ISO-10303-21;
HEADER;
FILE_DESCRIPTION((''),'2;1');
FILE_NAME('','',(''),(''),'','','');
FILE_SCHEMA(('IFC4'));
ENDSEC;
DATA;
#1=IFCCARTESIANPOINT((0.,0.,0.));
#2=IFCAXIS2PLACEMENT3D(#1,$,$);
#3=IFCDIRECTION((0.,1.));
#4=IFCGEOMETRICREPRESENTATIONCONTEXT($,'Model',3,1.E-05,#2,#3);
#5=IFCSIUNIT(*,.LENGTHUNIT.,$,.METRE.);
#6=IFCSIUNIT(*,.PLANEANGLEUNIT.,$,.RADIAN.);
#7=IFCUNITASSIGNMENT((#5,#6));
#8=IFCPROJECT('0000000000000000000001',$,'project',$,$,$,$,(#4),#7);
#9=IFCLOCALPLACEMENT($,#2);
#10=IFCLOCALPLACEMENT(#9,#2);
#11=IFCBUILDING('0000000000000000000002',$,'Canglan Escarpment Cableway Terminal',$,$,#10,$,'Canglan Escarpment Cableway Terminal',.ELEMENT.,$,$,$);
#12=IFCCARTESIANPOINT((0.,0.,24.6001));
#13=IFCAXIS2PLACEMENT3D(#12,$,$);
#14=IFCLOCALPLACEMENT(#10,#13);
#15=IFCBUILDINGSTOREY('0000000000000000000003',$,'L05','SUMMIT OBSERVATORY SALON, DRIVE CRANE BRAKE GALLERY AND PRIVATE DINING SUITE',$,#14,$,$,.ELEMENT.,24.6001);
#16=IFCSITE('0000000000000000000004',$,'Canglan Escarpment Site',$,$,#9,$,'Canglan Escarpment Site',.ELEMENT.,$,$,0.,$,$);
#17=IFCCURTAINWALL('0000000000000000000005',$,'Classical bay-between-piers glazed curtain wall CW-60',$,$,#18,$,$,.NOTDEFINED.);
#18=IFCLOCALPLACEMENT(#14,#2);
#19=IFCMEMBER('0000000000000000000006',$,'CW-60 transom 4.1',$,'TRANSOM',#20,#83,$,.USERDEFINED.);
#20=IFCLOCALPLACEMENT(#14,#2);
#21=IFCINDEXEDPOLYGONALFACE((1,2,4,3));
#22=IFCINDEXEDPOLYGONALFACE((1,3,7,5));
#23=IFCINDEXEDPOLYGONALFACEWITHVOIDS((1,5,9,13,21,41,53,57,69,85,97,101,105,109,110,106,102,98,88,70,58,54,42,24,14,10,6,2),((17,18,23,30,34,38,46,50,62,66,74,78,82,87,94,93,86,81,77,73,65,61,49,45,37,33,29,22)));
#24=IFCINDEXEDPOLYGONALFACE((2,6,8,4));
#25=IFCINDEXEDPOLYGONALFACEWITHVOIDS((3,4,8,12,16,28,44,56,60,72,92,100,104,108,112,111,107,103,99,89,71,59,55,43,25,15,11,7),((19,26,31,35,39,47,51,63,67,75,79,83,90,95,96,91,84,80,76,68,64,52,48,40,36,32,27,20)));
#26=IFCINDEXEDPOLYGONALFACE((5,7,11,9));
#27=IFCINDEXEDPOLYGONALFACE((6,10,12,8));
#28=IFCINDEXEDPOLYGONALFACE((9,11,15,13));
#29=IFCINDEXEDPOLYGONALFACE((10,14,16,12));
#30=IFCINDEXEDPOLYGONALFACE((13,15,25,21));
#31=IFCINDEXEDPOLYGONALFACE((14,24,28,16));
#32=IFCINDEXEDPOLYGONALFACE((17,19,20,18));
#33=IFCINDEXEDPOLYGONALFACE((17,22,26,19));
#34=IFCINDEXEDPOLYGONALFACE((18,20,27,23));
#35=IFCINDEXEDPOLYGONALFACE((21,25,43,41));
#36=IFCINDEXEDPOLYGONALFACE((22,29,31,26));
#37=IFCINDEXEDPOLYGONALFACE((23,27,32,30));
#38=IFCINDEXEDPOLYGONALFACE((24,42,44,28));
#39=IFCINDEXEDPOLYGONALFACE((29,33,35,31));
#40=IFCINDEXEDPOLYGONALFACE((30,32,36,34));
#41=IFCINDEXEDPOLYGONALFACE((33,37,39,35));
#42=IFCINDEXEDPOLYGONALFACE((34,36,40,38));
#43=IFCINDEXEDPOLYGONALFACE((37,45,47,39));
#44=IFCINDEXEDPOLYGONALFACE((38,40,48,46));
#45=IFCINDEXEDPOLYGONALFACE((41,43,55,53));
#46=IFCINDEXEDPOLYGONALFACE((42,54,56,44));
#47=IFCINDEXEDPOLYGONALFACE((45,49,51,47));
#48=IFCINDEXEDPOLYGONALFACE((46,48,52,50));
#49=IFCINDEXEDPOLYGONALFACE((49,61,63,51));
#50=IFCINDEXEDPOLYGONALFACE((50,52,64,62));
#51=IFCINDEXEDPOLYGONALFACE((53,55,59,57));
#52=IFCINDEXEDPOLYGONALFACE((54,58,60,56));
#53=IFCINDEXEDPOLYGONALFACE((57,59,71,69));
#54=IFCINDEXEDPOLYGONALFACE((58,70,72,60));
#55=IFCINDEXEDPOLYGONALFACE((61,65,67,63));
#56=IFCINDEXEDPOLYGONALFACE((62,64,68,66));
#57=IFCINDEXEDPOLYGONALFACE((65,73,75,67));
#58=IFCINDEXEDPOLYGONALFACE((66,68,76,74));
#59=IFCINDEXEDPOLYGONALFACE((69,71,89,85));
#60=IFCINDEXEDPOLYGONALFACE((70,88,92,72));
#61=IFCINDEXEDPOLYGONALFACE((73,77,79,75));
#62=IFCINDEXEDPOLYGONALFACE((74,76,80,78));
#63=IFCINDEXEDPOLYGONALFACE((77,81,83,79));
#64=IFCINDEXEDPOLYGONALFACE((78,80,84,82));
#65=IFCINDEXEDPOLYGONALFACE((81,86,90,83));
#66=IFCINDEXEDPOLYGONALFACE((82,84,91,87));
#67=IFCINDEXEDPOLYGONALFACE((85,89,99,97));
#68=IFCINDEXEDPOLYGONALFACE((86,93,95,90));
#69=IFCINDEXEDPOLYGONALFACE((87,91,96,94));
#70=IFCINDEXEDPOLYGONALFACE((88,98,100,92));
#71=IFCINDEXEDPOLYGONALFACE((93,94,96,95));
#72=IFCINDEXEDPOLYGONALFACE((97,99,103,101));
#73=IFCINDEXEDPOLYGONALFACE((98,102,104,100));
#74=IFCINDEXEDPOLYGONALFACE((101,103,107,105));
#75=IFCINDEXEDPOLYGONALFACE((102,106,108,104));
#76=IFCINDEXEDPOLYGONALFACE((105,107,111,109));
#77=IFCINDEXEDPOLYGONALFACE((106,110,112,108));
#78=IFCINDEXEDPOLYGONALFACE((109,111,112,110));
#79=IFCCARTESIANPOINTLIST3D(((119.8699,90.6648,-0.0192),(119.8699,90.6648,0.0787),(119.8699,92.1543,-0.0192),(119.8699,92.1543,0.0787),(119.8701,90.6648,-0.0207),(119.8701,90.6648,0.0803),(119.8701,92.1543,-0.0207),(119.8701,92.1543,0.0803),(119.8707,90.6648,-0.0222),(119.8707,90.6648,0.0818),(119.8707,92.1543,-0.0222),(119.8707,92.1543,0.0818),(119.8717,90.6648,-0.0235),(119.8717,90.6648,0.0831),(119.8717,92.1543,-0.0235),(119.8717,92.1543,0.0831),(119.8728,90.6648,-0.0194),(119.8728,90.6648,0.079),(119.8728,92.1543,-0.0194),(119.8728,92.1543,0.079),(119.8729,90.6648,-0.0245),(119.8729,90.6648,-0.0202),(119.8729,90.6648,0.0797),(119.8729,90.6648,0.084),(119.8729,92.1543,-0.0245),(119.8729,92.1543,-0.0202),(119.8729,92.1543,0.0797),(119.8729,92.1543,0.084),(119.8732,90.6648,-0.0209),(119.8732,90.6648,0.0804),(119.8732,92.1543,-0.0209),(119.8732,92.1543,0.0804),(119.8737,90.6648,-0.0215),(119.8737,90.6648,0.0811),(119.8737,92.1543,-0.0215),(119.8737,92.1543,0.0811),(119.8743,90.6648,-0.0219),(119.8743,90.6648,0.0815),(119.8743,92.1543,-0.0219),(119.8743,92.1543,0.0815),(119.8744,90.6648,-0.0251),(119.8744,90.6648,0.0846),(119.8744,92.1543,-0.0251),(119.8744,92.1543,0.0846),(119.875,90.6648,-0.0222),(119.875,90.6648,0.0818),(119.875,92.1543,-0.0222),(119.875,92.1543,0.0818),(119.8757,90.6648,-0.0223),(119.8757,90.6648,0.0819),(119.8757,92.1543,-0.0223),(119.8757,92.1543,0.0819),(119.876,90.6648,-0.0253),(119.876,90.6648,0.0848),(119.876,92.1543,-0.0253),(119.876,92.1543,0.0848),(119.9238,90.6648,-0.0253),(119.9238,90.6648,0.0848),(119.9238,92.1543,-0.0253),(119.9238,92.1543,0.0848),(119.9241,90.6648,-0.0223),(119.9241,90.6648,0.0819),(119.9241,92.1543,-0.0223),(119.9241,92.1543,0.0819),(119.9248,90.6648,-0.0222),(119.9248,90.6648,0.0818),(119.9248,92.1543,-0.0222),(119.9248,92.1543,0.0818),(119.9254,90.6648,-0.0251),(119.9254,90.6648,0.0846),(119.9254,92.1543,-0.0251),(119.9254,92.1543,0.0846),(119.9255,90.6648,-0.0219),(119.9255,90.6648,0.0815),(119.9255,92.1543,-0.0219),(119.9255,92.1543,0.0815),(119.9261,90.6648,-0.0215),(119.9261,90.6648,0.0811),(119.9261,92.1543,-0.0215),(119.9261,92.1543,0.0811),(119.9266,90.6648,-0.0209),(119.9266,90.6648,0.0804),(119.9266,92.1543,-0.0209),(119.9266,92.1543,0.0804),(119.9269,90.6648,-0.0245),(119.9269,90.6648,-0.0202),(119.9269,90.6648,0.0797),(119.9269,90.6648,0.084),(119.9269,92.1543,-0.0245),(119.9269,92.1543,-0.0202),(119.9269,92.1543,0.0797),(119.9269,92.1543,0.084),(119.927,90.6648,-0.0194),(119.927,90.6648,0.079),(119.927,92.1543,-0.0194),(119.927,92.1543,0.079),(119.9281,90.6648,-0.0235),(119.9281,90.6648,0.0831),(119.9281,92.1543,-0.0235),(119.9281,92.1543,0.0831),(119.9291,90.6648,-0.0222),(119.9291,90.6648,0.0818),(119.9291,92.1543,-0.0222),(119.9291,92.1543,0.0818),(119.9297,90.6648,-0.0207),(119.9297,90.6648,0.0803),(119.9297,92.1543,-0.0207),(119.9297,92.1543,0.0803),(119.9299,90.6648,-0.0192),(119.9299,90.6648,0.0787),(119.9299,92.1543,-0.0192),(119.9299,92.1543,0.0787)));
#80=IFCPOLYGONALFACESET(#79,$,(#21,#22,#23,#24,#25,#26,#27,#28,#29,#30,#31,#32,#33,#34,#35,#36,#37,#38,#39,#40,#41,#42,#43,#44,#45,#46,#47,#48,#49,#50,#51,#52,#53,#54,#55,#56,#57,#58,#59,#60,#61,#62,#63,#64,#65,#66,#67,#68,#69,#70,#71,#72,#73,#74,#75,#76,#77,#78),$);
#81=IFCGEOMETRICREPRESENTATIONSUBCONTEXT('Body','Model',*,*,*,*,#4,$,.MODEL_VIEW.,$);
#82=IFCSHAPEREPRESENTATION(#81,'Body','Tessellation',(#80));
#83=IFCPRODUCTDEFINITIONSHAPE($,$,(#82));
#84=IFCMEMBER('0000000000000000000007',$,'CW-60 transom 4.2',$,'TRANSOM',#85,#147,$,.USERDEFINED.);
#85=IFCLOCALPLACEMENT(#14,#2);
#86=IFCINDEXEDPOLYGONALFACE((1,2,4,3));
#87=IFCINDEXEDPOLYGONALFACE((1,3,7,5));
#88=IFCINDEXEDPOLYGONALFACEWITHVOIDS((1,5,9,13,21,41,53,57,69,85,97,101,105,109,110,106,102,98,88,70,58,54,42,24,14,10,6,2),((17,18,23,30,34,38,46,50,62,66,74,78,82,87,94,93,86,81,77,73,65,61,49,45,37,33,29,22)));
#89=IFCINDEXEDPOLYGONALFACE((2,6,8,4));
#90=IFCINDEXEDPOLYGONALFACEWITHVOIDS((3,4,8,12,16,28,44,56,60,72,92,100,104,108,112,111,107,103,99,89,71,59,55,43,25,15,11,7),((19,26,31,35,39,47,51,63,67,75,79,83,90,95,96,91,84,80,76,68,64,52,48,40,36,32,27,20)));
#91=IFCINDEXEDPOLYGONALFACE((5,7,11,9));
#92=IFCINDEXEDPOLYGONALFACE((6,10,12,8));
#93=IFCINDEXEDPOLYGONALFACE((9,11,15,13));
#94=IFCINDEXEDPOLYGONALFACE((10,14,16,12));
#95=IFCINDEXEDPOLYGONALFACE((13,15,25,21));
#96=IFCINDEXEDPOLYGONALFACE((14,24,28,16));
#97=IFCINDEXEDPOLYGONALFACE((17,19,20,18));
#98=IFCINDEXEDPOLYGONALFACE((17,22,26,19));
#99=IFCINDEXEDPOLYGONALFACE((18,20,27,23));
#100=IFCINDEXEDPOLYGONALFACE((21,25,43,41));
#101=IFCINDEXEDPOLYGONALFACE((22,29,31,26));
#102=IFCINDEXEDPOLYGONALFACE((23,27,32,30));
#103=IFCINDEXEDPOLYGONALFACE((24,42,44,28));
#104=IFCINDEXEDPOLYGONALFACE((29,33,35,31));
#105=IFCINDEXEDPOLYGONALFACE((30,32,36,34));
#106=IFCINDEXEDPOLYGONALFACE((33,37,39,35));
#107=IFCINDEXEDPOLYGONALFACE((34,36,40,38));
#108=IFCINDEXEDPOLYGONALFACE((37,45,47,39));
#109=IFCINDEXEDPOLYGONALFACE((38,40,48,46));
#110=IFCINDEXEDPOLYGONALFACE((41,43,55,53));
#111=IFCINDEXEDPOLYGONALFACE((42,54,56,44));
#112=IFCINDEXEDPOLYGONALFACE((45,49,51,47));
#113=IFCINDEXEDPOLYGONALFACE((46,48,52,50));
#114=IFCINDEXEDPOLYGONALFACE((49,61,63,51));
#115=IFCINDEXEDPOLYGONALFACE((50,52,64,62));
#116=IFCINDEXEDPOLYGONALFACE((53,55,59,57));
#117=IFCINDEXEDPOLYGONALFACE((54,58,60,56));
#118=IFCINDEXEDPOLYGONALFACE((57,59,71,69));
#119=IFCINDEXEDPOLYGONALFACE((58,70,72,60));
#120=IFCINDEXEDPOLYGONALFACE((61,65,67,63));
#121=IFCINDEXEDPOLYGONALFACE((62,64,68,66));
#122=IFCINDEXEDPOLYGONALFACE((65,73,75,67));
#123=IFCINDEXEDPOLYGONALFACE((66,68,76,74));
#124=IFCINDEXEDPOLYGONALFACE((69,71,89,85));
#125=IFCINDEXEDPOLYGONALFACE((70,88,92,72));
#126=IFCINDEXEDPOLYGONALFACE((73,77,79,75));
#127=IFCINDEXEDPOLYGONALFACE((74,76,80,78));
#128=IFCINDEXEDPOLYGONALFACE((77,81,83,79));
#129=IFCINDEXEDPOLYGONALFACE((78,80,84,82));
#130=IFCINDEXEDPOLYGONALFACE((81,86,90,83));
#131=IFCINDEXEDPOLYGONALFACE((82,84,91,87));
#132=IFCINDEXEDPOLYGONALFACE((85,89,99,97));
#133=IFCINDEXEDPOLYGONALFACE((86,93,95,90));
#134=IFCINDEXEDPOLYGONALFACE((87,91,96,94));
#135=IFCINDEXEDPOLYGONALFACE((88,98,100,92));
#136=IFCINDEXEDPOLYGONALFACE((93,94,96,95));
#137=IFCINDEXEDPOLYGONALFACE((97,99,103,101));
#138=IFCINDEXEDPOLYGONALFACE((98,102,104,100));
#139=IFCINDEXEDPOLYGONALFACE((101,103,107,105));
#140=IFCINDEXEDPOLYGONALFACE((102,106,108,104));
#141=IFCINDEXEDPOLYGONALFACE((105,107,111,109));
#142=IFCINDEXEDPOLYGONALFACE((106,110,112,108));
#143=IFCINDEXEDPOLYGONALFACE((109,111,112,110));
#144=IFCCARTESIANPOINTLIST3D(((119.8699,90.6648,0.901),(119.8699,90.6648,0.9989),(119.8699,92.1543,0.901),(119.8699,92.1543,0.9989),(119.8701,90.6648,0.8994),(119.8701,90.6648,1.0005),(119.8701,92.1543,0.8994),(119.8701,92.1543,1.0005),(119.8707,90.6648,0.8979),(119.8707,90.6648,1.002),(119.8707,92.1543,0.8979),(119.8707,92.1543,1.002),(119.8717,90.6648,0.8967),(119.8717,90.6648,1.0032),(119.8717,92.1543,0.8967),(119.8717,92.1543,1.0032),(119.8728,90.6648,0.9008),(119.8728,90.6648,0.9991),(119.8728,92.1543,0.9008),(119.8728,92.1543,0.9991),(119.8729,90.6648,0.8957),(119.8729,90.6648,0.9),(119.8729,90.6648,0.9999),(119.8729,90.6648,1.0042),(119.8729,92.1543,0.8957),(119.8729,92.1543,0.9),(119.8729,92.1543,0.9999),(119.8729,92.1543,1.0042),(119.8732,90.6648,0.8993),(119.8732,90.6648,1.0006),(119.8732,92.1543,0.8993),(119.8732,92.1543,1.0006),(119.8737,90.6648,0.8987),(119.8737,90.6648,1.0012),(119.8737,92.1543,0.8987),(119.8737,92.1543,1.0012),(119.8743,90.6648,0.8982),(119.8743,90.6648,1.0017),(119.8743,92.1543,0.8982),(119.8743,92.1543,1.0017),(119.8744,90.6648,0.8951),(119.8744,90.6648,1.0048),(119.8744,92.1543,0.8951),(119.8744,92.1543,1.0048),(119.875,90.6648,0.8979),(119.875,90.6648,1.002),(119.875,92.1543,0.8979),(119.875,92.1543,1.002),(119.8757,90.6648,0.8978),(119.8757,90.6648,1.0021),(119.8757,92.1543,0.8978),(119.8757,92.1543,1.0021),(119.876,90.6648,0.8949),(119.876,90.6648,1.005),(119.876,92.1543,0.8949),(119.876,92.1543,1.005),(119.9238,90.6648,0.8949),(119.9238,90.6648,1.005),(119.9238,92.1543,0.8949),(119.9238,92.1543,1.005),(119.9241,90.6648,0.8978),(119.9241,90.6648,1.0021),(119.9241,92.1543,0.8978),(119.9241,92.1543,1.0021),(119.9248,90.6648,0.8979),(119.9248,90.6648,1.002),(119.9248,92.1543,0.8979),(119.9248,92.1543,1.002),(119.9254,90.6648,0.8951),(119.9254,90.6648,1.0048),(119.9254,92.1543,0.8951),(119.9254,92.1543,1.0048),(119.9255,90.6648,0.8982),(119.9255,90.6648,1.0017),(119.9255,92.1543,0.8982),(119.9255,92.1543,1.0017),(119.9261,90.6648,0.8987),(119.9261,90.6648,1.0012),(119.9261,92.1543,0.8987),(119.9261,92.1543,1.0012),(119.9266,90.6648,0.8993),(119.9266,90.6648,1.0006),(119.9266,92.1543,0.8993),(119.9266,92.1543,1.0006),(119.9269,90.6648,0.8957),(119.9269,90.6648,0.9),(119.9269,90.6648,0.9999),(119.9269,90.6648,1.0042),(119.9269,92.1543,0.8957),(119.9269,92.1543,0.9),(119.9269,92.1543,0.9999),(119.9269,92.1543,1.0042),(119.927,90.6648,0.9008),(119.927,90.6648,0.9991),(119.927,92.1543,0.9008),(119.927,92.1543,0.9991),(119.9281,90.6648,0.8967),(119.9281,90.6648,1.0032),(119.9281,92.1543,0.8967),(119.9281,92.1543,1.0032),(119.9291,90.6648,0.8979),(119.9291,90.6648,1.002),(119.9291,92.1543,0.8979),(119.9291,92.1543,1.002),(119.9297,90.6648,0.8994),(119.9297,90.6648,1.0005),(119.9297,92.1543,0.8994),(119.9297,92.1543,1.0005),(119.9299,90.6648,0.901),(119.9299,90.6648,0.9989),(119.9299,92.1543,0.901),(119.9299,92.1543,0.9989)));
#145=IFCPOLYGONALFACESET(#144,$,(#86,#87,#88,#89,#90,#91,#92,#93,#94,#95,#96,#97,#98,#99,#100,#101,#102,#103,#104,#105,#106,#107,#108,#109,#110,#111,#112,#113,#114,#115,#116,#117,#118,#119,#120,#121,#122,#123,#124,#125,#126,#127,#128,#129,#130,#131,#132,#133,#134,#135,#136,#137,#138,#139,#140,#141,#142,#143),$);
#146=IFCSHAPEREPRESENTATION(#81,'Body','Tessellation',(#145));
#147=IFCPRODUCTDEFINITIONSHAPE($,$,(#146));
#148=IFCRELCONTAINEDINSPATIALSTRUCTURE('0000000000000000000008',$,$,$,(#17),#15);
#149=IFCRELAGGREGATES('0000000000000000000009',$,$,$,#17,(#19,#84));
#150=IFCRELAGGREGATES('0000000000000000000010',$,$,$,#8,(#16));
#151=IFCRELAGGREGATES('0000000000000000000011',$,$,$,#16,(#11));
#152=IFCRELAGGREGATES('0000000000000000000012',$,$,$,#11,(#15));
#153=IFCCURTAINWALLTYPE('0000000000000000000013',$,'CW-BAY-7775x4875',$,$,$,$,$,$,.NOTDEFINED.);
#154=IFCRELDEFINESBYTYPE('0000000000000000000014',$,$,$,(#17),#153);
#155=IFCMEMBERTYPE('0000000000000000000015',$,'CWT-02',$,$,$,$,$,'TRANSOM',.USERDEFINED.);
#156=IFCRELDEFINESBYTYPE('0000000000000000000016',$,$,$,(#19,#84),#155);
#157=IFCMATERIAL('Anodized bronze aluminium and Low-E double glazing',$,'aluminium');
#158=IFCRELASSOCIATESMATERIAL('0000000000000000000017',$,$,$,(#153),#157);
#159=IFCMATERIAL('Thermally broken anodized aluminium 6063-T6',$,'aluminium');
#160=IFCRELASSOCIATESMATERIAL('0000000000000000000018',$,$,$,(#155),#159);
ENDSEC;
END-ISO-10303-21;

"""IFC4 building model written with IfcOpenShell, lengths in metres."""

from ifc_helpers import new_model, si_unit, direction, frame, origin, origin_2d, place, context, subcontext, project, spatial, hollow_rectangle, extrude, material, material_profile, profile_set, type_object, element, aggregate, save


model = new_model("IFC4")

# Units and contexts
model_context = context("Model", 3, precision=1e-05, world=origin(), true_north=direction((0.0, 1.0)))
body_context = subcontext(model_context, "Body", "Model", "MODEL_VIEW")
ifc_project = project(units=[si_unit("LENGTHUNIT", "METRE"), si_unit("PLANEANGLEUNIT", "RADIAN")], contexts=[model_context])

# Site, building, storey
site_placement = place(None, origin())
site = spatial("IfcSite", under=ifc_project, at=site_placement, Name="Canglan Escarpment Site", LongName="Canglan Escarpment Site", CompositionType="ELEMENT", RefElevation=0.0)
building_placement = place(site_placement, origin())
building = spatial("IfcBuilding", under=site, at=building_placement, Name="Canglan Escarpment Cableway Terminal", LongName="Canglan Escarpment Cableway Terminal", CompositionType="ELEMENT")
storey_placement = place(building_placement, frame((0.0, 0.0, 24.6001)))
storey = spatial("IfcBuildingStorey", under=building, at=storey_placement, Name="L05", Description="SUMMIT OBSERVATORY SALON, DRIVE CRANE BRAKE GALLERY AND PRIVATE DINING SUITE", CompositionType="ELEMENT", Elevation=24.6001)

# Shared definitions
ifc_material_1 = material(Name="Anodized bronze aluminium and Low-E double glazing", Category="aluminium")
ifc_material_2 = material(Name="Thermally broken anodized aluminium 6063-T6", Category="aluminium")

# Curtain wall, members
curtain_wall_type_1 = type_object("IfcCurtainWallType", Name="CW-BAY-7775x4875", PredefinedType="NOTDEFINED", material=ifc_material_1)
curtain_wall_1_placement = place(storey_placement, origin())
curtain_wall_1 = element("IfcCurtainWall", 1, at=curtain_wall_1_placement, inside=storey, type_object=curtain_wall_type_1, Name="Classical bay-between-piers glazed curtain wall CW-60", PredefinedType="NOTDEFINED")
ifc_material_profile_1 = material_profile(ifc_material_2, hollow_rectangle(XDim=0.0601, YDim=0.1101, WallThickness=0.0029, InnerFilletRadius=0.0029, OuterFilletRadius=0.0061, at=origin_2d()), Name="ALU-TRAN 60x110x3")
ifc_profile_set_1 = profile_set([ifc_material_profile_1], Name="Thermally broken anodized aluminium 6063-T6")
member_type_1 = type_object("IfcMemberType", Name="CWT-02", ElementType="TRANSOM", PredefinedType="USERDEFINED", material=ifc_profile_set_1)
member_1_placement = place(storey_placement, frame((119.8999, 92.1543, 0.0298), z_axis=(0.0, -1.0, 0.0), x_axis=(1.0, 0.0, 0.0)))
member_1 = element("IfcMember", 2, at=member_1_placement, type_object=member_type_1, Name="CW-60 transom 4.1", ObjectType="TRANSOM", PredefinedType="USERDEFINED", context=body_context, shape_type="SweptSolid", body=[
    extrude(hollow_rectangle(XDim=0.0601, YDim=0.1101, WallThickness=0.0029, InnerFilletRadius=0.0029, OuterFilletRadius=0.0061, at=origin_2d()), origin(), (0.0, 0.0, 1.0), 1.4895),
])
member_2_placement = place(storey_placement, frame((119.8999, 92.1543, 0.95), z_axis=(0.0, -1.0, 0.0), x_axis=(1.0, 0.0, 0.0)))
member_2 = element("IfcMember", 3, at=member_2_placement, type_object=member_type_1, Name="CW-60 transom 4.2", ObjectType="TRANSOM", PredefinedType="USERDEFINED", context=body_context, shape_type="SweptSolid", body=[
    extrude(hollow_rectangle(XDim=0.0601, YDim=0.1101, WallThickness=0.0029, InnerFilletRadius=0.0029, OuterFilletRadius=0.0061, at=origin_2d()), origin(), (0.0, 0.0, 1.0), 1.4895),
])
aggregate(curtain_wall_1, [member_1, member_2])

save(model, "model.ifc")
